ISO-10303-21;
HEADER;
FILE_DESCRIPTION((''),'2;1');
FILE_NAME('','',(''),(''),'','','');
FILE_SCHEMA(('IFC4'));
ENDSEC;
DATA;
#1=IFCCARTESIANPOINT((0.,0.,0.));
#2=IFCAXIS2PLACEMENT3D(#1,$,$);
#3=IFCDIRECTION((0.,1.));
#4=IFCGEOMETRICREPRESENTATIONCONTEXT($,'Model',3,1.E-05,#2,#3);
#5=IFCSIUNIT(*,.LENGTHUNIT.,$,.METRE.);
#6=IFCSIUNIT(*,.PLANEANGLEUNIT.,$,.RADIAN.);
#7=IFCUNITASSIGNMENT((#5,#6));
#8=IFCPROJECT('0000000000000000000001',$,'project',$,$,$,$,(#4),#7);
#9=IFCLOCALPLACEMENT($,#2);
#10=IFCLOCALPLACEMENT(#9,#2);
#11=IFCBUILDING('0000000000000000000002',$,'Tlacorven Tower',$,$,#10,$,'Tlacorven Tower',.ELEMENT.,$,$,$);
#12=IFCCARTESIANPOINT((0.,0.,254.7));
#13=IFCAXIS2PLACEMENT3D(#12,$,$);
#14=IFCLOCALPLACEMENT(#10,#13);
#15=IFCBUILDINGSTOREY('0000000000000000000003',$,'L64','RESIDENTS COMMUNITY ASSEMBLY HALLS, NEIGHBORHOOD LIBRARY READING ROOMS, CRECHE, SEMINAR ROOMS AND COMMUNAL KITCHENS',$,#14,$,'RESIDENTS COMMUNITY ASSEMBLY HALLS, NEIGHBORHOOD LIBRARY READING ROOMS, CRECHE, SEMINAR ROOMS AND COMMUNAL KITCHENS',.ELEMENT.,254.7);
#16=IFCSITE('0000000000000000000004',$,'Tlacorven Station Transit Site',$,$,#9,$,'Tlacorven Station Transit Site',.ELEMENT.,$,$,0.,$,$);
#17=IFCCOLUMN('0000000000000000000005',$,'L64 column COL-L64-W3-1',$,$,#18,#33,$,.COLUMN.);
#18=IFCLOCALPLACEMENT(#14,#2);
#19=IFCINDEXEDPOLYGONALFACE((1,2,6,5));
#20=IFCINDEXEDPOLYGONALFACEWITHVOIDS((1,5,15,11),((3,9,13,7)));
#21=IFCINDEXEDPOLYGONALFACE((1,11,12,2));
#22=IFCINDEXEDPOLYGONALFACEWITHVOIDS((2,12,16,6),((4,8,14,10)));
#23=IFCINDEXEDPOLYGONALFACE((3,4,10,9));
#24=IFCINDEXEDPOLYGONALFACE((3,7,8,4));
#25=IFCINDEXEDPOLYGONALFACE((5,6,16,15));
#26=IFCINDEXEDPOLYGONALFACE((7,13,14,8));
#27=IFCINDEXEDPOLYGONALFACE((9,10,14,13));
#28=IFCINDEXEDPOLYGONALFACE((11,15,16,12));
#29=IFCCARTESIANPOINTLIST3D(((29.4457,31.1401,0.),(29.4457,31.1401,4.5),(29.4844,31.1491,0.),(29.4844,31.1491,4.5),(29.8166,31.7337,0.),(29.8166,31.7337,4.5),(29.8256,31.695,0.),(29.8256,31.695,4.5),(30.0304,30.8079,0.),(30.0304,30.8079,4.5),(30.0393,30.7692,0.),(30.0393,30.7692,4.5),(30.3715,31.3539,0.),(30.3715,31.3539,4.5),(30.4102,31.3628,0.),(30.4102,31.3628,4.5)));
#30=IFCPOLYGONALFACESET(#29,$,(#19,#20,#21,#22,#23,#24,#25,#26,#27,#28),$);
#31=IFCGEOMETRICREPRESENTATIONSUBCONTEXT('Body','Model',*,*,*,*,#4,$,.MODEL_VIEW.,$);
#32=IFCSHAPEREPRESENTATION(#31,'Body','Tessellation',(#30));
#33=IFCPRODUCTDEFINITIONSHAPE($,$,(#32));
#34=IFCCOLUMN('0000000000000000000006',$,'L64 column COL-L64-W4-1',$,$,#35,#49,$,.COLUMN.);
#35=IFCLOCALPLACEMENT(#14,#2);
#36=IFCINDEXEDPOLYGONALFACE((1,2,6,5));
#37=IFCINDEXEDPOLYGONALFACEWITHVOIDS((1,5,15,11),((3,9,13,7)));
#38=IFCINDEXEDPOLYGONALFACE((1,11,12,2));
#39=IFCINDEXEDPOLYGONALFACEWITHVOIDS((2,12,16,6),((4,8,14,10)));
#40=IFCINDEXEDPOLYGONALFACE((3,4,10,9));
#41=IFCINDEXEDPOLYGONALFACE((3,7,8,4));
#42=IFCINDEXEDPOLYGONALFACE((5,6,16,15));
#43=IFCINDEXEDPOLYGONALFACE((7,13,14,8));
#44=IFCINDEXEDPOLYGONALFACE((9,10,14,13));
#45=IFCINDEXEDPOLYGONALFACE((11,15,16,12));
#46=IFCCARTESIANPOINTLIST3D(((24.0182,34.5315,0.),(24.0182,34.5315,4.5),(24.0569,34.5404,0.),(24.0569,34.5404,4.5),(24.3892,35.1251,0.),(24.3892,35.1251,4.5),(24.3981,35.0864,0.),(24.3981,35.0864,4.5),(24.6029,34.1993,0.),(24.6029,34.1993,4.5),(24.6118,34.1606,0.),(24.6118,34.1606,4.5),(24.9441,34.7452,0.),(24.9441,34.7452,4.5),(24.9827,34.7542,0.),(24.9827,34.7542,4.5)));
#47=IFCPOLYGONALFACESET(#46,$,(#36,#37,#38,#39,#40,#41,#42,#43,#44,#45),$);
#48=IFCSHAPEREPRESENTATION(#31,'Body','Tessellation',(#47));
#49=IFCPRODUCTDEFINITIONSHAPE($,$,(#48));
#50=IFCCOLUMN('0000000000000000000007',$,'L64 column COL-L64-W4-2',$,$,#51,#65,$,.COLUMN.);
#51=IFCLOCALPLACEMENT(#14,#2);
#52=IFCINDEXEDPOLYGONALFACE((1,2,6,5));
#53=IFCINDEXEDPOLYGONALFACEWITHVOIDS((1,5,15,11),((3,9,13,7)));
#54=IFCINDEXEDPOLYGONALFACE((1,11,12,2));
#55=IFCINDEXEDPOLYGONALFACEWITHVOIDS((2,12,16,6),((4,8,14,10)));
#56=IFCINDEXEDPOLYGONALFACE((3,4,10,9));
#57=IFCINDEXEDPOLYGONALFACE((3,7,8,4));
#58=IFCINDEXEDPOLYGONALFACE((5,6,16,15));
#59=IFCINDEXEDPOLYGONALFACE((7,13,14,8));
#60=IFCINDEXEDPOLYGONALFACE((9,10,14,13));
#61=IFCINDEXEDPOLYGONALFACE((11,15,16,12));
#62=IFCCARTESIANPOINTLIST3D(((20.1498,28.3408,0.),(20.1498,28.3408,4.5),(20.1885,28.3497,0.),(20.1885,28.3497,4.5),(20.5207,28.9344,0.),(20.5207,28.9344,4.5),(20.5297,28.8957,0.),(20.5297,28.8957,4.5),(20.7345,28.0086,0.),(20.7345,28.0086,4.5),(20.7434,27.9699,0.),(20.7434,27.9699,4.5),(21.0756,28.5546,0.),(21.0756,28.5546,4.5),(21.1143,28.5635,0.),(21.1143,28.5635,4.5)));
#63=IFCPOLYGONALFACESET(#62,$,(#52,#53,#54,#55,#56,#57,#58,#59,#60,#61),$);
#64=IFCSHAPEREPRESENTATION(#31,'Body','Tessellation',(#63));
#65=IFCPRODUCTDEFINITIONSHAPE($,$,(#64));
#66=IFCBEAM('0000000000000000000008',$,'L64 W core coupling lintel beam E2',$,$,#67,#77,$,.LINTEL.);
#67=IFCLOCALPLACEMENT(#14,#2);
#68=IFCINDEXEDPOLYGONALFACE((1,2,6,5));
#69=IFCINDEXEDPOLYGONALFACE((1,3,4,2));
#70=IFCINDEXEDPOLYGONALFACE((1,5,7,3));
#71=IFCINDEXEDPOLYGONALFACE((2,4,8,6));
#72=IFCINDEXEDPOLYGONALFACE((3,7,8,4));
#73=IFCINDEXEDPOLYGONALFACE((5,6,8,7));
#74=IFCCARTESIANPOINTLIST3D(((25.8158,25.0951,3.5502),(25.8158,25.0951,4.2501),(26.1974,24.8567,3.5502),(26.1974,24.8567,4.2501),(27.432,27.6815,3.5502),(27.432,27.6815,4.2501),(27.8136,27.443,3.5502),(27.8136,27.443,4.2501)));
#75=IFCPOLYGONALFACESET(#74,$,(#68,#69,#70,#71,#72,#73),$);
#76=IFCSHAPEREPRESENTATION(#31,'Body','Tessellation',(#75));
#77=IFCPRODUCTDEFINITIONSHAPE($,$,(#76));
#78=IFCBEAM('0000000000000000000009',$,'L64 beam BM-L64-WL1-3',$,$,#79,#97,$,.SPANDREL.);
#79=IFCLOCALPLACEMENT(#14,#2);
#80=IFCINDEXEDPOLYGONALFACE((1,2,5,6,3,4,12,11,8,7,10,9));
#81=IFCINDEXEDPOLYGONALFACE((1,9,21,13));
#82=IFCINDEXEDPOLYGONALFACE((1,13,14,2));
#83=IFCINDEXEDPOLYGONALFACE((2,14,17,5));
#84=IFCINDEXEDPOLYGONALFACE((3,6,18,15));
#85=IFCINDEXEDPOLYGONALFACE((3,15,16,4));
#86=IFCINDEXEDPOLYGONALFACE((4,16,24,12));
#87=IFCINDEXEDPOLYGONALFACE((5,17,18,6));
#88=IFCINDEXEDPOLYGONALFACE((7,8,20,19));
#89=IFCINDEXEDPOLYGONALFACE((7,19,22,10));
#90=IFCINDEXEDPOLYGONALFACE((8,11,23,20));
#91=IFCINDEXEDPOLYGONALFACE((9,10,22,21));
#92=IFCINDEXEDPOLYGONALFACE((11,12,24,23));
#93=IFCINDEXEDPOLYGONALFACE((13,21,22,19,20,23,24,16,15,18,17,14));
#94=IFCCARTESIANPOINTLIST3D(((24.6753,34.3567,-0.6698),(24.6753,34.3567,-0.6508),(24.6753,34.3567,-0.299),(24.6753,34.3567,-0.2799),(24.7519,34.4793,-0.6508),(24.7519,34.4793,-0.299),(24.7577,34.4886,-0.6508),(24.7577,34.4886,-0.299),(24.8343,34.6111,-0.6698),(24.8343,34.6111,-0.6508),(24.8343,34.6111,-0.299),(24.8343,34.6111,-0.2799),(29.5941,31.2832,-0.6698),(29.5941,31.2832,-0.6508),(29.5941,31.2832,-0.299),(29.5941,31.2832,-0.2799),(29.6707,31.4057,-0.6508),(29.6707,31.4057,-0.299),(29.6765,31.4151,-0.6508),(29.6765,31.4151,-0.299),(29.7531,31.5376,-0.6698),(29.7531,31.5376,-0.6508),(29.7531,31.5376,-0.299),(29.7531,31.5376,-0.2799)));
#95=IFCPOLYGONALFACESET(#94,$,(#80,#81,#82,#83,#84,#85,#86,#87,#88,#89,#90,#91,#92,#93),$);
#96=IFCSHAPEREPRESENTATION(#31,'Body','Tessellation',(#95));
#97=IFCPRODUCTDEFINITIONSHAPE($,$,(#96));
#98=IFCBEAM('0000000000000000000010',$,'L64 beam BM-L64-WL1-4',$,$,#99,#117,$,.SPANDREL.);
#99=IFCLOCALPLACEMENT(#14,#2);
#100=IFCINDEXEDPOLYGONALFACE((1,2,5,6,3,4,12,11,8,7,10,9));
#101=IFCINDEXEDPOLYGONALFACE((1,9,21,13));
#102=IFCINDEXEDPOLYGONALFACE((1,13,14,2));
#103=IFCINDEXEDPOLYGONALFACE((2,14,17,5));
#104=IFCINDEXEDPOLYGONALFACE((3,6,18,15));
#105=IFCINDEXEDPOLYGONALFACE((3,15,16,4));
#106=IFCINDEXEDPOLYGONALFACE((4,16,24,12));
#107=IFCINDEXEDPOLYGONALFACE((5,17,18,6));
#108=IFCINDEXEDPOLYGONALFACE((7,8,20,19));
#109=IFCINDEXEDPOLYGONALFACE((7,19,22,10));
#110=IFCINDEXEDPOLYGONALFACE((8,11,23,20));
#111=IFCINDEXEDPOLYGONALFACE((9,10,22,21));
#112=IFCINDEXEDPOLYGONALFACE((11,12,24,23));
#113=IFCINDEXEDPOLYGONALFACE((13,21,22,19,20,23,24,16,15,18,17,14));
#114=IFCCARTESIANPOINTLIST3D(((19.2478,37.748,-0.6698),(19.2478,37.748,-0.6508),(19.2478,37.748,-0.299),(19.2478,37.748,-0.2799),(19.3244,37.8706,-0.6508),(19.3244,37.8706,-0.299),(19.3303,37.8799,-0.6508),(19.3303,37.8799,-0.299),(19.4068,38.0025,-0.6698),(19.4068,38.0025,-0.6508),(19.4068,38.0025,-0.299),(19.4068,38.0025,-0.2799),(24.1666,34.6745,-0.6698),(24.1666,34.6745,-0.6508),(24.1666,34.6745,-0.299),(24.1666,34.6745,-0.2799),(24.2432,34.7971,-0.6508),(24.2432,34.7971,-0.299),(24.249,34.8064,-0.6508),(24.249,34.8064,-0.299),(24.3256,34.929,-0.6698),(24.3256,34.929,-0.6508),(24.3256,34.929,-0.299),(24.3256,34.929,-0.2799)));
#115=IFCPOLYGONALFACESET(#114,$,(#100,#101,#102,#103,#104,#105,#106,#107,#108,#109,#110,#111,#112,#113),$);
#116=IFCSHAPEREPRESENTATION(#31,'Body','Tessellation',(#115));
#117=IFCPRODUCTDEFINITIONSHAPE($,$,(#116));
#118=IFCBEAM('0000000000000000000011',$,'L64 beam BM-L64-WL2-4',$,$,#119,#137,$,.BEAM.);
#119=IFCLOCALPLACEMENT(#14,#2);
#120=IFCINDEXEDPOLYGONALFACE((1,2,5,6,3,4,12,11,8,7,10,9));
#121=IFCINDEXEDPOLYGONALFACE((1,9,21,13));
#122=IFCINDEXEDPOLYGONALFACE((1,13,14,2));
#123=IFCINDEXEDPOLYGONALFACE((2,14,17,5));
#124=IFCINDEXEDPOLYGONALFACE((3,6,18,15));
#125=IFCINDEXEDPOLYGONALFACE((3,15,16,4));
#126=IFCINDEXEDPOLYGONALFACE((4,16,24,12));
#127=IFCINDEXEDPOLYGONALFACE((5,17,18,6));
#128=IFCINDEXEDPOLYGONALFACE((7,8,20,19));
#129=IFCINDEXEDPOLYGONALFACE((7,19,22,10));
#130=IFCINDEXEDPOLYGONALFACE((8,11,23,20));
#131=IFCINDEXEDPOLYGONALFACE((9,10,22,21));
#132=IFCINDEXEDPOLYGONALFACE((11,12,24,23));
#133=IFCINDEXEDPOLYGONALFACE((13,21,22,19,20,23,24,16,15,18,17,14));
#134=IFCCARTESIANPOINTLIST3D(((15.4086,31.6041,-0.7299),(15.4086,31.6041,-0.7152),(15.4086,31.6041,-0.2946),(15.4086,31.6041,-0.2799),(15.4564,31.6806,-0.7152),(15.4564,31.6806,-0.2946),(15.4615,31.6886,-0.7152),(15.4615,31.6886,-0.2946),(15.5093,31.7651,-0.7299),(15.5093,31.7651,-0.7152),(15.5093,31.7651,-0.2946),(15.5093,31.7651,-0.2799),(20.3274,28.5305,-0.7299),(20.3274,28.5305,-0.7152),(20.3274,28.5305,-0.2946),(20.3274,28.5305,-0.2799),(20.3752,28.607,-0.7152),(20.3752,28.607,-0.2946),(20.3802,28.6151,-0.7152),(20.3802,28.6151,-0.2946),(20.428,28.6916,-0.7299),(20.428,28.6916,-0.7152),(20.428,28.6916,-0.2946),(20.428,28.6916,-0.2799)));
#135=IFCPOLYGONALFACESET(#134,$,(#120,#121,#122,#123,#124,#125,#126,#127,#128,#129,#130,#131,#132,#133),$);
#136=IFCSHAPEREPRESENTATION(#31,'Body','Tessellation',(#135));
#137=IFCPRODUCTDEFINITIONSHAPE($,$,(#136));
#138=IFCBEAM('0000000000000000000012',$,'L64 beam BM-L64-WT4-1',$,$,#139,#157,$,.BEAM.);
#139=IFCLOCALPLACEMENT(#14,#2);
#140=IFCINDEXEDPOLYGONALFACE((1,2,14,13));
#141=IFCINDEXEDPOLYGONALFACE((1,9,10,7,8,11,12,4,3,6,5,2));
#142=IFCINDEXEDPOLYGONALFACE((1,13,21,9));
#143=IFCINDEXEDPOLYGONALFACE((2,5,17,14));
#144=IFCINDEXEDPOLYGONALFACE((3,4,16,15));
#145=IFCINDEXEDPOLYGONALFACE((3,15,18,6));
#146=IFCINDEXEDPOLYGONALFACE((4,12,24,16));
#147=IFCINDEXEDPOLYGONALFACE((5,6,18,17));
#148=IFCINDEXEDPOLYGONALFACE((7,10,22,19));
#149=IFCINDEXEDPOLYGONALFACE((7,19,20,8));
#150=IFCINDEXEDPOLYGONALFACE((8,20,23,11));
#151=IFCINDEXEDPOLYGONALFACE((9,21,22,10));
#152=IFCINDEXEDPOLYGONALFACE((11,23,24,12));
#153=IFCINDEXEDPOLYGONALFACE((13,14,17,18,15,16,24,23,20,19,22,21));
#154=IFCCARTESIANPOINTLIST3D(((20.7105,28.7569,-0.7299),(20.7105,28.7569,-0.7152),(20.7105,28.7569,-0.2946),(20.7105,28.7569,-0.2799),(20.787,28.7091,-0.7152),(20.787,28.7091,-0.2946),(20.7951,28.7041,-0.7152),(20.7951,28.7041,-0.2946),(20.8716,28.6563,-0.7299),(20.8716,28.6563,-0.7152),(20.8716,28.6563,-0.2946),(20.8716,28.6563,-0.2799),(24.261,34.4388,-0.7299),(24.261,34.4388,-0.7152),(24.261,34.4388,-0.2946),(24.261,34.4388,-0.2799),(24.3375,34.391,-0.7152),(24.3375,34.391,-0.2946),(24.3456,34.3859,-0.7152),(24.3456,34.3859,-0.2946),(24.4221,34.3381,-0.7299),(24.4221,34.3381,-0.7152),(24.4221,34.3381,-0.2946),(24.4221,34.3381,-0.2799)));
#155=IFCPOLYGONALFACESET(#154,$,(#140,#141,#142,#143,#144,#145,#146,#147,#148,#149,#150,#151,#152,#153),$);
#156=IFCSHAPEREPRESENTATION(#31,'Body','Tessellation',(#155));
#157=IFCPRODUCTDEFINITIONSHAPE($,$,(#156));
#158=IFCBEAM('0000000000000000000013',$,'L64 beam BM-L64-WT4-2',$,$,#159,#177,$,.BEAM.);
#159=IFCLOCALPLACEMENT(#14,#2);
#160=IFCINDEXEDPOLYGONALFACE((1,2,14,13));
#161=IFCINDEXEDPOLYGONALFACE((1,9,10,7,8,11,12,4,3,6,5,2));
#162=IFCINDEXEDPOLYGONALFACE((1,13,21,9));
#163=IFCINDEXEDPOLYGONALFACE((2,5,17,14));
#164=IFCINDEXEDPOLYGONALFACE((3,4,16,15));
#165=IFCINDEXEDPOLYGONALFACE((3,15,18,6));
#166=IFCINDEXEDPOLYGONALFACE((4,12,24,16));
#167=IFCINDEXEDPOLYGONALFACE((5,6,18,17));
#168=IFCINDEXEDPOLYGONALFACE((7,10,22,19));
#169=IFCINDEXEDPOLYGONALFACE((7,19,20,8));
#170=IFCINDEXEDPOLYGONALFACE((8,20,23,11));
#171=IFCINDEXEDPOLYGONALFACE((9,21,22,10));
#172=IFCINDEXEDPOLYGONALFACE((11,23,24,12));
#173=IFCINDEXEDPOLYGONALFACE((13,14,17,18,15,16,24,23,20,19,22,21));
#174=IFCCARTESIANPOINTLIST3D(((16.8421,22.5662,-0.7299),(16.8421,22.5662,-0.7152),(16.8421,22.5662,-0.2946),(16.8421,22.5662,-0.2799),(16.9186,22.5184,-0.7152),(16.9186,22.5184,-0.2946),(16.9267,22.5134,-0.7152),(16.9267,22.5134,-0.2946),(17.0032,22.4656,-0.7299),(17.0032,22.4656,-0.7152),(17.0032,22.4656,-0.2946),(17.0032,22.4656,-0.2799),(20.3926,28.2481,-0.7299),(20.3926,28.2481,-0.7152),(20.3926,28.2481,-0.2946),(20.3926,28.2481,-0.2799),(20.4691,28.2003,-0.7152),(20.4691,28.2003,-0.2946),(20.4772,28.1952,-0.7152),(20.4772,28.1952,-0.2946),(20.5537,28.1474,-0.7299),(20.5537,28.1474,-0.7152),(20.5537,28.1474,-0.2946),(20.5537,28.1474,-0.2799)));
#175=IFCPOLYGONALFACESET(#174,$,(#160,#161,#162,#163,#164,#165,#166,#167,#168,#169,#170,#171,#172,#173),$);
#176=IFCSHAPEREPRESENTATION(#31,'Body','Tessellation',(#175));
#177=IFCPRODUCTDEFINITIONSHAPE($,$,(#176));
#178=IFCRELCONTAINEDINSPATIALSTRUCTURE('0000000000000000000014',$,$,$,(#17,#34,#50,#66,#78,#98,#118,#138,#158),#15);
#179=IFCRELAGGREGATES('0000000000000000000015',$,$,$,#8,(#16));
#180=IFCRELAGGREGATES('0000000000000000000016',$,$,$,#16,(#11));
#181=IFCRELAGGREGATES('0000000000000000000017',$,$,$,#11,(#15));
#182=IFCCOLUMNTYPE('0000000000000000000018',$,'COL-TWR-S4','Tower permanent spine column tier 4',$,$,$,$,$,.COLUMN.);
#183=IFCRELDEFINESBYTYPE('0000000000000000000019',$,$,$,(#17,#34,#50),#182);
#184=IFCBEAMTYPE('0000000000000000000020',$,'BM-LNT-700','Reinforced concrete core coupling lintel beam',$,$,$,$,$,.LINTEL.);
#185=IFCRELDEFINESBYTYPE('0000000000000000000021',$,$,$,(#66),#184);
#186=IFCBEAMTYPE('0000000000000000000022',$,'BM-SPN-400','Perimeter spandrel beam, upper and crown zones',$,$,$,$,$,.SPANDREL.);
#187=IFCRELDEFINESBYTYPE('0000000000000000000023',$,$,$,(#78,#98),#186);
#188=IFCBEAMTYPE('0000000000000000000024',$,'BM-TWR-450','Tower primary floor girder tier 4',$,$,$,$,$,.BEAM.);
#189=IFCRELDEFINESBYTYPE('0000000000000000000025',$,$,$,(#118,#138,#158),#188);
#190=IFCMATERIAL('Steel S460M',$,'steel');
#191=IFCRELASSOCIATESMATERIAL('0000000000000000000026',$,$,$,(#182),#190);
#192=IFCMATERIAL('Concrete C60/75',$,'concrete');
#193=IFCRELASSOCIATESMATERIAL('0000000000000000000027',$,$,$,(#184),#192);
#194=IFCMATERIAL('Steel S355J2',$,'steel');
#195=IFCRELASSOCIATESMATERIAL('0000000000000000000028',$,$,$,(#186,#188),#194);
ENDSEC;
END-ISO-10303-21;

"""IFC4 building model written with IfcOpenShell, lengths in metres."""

from ifc_helpers import new_model, si_unit, direction, frame, origin, origin_2d, place, context, subcontext, project, spatial, rectangle, hollow_rectangle, i_section, extrude, source, transform, mapped, material, material_profile, profile_set, type_object, element, save


model = new_model("IFC4")

# Units and contexts
model_context = context("Model", 3, precision=1e-05, world=origin(), true_north=direction((0.0, 1.0)))
body_context = subcontext(model_context, "Body", "Model", "MODEL_VIEW")
ifc_project = project(units=[si_unit("LENGTHUNIT", "METRE"), si_unit("PLANEANGLEUNIT", "RADIAN")], contexts=[model_context])

# Site, building, storey
site_placement = place(None, origin())
site = spatial("IfcSite", under=ifc_project, at=site_placement, Name="Tlacorven Station Transit Site", LongName="Tlacorven Station Transit Site", CompositionType="ELEMENT", RefElevation=0.0)
building_placement = place(site_placement, origin())
building = spatial("IfcBuilding", under=site, at=building_placement, Name="Tlacorven Tower", LongName="Tlacorven Tower", CompositionType="ELEMENT")
storey_placement = place(building_placement, frame((0.0, 0.0, 254.7)))
storey = spatial("IfcBuildingStorey", under=building, at=storey_placement, Name="L64", Description="RESIDENTS COMMUNITY ASSEMBLY HALLS, NEIGHBORHOOD LIBRARY READING ROOMS, CRECHE, SEMINAR ROOMS AND COMMUNAL KITCHENS", LongName="RESIDENTS COMMUNITY ASSEMBLY HALLS, NEIGHBORHOOD LIBRARY READING ROOMS, CRECHE, SEMINAR ROOMS AND COMMUNAL KITCHENS", CompositionType="ELEMENT", Elevation=254.7)

# Columns
ifc_material_1 = material(Name="Steel S460M", Category="steel")
ifc_material_profile_1 = material_profile(ifc_material_1, hollow_rectangle(XDim=0.7, YDim=0.7, WallThickness=0.0281, at=origin_2d()), Name="BOX 700X700X28")
ifc_profile_set_1 = profile_set([ifc_material_profile_1], Name="Steel S460M")
column_type = type_object("IfcColumnType", Name="COL-TWR-S4", Description="Tower permanent spine column tier 4", PredefinedType="COLUMN", material=ifc_profile_set_1)
shared_shape_1 = source(origin(), body_context, "Body", "SweptSolid", [
    extrude(hollow_rectangle(XDim=0.7, YDim=0.7, WallThickness=0.0281, at=origin_2d()), origin(), (0.0, 0.0, 1.0), 4.5),
])
for number, where, z_axis, x_axis, name in (
    (1, (29.928, 31.2515, 0.0), (0.0, 0.0, 1.0), (-0.848048, 0.529919, 0.0), "L64 column COL-L64-W3-1"),
    (2, (24.5005, 34.6428, 0.0), (0.0, 0.0, 1.0), (-0.848048, 0.529919, 0.0), "L64 column COL-L64-W4-1"),
    (3, (20.6321, 28.4521, 0.0), (0.0, 0.0, 1.0), (-0.848048, 0.529919, 0.0), "L64 column COL-L64-W4-2"),
):
    element("IfcColumn", number, at=place(storey_placement, frame(where, z_axis=z_axis, x_axis=x_axis)), inside=storey, type_object=column_type, Name=name, PredefinedType="COLUMN", context=body_context, shape_type="MappedRepresentation", body=[
        mapped(shared_shape_1, transform((0.0, 0.0, 0.0), scale=1.0)),
    ])

# Beams
ifc_material_2 = material(Name="Concrete C60/75", Category="concrete")
ifc_material_profile_2 = material_profile(ifc_material_2, rectangle(XDim=0.45, YDim=0.7, at=origin_2d()), Name="RC 450X700")
ifc_profile_set_2 = profile_set([ifc_material_profile_2], Name="Concrete C60/75")
beam_type_1 = type_object("IfcBeamType", Name="BM-LNT-700", Description="Reinforced concrete core coupling lintel beam", PredefinedType="LINTEL", material=ifc_profile_set_2)
shared_shape_2 = source(origin(), body_context, "Body", "SweptSolid", [
    extrude(rectangle(XDim=0.45, YDim=0.7, at=origin_2d()), origin(), (0.0, 0.0, 1.0), 3.0498),
])
beam_1_placement = place(storey_placement, frame((27.6228, 27.5623, 3.9001), z_axis=(-0.529927, -0.848043, 0.0), x_axis=(0.848043, -0.529927, 0.0)))
element("IfcBeam", 4, at=beam_1_placement, inside=storey, type_object=beam_type_1, Name="L64 W core coupling lintel beam E2", PredefinedType="LINTEL", context=body_context, shape_type="MappedRepresentation", body=[
    mapped(shared_shape_2, transform((0.0, 0.0, 0.0), scale=1.0)),
])
ifc_material_3 = material(Name="Steel S355J2", Category="steel")
ifc_material_profile_3 = material_profile(ifc_material_3, i_section(OverallWidth=0.3, OverallDepth=0.3899, WebThickness=0.011, FlangeThickness=0.019, at=origin_2d()), Name="HEA 400")
ifc_profile_set_3 = profile_set([ifc_material_profile_3], Name="Steel S355J2")
beam_type_2 = type_object("IfcBeamType", Name="BM-SPN-400", Description="Perimeter spandrel beam, upper and crown zones", PredefinedType="SPANDREL", material=ifc_profile_set_3)
shared_shape_3 = source(origin(), body_context, "Body", "SweptSolid", [
    extrude(i_section(OverallWidth=0.3, OverallDepth=0.3899, WebThickness=0.011, FlangeThickness=0.019, at=origin_2d()), origin(), (0.0, 0.0, 1.0), 5.8),
])
for number, where, z_axis, x_axis, name in (
    (5, (29.6736, 31.4104, -0.4749), (-0.848053, 0.529912, 0.0), (-0.529912, -0.848053, 0.0), "L64 beam BM-L64-WL1-3"),
    (6, (24.2461, 34.8018, -0.4749), (-0.848053, 0.529912, 0.0), (-0.529912, -0.848053, 0.0), "L64 beam BM-L64-WL1-4"),
):
    element("IfcBeam", number, at=place(storey_placement, frame(where, z_axis=z_axis, x_axis=x_axis)), inside=storey, type_object=beam_type_2, Name=name, PredefinedType="SPANDREL", context=body_context, shape_type="MappedRepresentation", body=[
        mapped(shared_shape_3, transform((0.0, 0.0, 0.0), scale=1.0)),
    ])
ifc_material_profile_4 = material_profile(ifc_material_3, i_section(OverallWidth=0.1899, OverallDepth=0.45, WebThickness=0.0095, FlangeThickness=0.0146, at=origin_2d()), Name="IPE 450")
ifc_profile_set_4 = profile_set([ifc_material_profile_4], Name="Steel S355J2")
beam_type_3 = type_object("IfcBeamType", Name="BM-TWR-450", Description="Tower primary floor girder tier 4", PredefinedType="BEAM", material=ifc_profile_set_4)
shared_shape_4 = source(origin(), body_context, "Body", "SweptSolid", [
    extrude(i_section(OverallWidth=0.1899, OverallDepth=0.45, WebThickness=0.0095, FlangeThickness=0.0146, at=origin_2d()), origin(), (0.0, 0.0, 1.0), 5.8),
])
beam_2_placement = place(storey_placement, frame((20.3777, 28.6111, -0.5049), z_axis=(-0.848053, 0.529912, 0.0), x_axis=(-0.529912, -0.848053, 0.0)))
element("IfcBeam", 7, at=beam_2_placement, inside=storey, type_object=beam_type_3, Name="L64 beam BM-L64-WL2-4", PredefinedType="BEAM", context=body_context, shape_type="MappedRepresentation", body=[
    mapped(shared_shape_4, transform((0.0, 0.0, 0.0), scale=1.0)),
])
shared_shape_5 = source(origin(), body_context, "Body", "SweptSolid", [
    extrude(i_section(OverallWidth=0.1899, OverallDepth=0.45, WebThickness=0.0095, FlangeThickness=0.0146, at=origin_2d()), origin(), (0.0, 0.0, 1.0), 6.7),
])
for number, where, z_axis, x_axis, name in (
    (8, (24.3416, 34.3884, -0.5049), (-0.52993, -0.848041, 0.0), (0.848041, -0.52993, 0.0), "L64 beam BM-L64-WT4-1"),
    (9, (20.4731, 28.1978, -0.5049), (-0.52993, -0.848041, 0.0), (0.848041, -0.52993, 0.0), "L64 beam BM-L64-WT4-2"),
):
    element("IfcBeam", number, at=place(storey_placement, frame(where, z_axis=z_axis, x_axis=x_axis)), inside=storey, type_object=beam_type_3, Name=name, PredefinedType="BEAM", context=body_context, shape_type="MappedRepresentation", body=[
        mapped(shared_shape_5, transform((0.0, 0.0, 0.0), scale=1.0)),
    ])

save(model, "model.ifc")
